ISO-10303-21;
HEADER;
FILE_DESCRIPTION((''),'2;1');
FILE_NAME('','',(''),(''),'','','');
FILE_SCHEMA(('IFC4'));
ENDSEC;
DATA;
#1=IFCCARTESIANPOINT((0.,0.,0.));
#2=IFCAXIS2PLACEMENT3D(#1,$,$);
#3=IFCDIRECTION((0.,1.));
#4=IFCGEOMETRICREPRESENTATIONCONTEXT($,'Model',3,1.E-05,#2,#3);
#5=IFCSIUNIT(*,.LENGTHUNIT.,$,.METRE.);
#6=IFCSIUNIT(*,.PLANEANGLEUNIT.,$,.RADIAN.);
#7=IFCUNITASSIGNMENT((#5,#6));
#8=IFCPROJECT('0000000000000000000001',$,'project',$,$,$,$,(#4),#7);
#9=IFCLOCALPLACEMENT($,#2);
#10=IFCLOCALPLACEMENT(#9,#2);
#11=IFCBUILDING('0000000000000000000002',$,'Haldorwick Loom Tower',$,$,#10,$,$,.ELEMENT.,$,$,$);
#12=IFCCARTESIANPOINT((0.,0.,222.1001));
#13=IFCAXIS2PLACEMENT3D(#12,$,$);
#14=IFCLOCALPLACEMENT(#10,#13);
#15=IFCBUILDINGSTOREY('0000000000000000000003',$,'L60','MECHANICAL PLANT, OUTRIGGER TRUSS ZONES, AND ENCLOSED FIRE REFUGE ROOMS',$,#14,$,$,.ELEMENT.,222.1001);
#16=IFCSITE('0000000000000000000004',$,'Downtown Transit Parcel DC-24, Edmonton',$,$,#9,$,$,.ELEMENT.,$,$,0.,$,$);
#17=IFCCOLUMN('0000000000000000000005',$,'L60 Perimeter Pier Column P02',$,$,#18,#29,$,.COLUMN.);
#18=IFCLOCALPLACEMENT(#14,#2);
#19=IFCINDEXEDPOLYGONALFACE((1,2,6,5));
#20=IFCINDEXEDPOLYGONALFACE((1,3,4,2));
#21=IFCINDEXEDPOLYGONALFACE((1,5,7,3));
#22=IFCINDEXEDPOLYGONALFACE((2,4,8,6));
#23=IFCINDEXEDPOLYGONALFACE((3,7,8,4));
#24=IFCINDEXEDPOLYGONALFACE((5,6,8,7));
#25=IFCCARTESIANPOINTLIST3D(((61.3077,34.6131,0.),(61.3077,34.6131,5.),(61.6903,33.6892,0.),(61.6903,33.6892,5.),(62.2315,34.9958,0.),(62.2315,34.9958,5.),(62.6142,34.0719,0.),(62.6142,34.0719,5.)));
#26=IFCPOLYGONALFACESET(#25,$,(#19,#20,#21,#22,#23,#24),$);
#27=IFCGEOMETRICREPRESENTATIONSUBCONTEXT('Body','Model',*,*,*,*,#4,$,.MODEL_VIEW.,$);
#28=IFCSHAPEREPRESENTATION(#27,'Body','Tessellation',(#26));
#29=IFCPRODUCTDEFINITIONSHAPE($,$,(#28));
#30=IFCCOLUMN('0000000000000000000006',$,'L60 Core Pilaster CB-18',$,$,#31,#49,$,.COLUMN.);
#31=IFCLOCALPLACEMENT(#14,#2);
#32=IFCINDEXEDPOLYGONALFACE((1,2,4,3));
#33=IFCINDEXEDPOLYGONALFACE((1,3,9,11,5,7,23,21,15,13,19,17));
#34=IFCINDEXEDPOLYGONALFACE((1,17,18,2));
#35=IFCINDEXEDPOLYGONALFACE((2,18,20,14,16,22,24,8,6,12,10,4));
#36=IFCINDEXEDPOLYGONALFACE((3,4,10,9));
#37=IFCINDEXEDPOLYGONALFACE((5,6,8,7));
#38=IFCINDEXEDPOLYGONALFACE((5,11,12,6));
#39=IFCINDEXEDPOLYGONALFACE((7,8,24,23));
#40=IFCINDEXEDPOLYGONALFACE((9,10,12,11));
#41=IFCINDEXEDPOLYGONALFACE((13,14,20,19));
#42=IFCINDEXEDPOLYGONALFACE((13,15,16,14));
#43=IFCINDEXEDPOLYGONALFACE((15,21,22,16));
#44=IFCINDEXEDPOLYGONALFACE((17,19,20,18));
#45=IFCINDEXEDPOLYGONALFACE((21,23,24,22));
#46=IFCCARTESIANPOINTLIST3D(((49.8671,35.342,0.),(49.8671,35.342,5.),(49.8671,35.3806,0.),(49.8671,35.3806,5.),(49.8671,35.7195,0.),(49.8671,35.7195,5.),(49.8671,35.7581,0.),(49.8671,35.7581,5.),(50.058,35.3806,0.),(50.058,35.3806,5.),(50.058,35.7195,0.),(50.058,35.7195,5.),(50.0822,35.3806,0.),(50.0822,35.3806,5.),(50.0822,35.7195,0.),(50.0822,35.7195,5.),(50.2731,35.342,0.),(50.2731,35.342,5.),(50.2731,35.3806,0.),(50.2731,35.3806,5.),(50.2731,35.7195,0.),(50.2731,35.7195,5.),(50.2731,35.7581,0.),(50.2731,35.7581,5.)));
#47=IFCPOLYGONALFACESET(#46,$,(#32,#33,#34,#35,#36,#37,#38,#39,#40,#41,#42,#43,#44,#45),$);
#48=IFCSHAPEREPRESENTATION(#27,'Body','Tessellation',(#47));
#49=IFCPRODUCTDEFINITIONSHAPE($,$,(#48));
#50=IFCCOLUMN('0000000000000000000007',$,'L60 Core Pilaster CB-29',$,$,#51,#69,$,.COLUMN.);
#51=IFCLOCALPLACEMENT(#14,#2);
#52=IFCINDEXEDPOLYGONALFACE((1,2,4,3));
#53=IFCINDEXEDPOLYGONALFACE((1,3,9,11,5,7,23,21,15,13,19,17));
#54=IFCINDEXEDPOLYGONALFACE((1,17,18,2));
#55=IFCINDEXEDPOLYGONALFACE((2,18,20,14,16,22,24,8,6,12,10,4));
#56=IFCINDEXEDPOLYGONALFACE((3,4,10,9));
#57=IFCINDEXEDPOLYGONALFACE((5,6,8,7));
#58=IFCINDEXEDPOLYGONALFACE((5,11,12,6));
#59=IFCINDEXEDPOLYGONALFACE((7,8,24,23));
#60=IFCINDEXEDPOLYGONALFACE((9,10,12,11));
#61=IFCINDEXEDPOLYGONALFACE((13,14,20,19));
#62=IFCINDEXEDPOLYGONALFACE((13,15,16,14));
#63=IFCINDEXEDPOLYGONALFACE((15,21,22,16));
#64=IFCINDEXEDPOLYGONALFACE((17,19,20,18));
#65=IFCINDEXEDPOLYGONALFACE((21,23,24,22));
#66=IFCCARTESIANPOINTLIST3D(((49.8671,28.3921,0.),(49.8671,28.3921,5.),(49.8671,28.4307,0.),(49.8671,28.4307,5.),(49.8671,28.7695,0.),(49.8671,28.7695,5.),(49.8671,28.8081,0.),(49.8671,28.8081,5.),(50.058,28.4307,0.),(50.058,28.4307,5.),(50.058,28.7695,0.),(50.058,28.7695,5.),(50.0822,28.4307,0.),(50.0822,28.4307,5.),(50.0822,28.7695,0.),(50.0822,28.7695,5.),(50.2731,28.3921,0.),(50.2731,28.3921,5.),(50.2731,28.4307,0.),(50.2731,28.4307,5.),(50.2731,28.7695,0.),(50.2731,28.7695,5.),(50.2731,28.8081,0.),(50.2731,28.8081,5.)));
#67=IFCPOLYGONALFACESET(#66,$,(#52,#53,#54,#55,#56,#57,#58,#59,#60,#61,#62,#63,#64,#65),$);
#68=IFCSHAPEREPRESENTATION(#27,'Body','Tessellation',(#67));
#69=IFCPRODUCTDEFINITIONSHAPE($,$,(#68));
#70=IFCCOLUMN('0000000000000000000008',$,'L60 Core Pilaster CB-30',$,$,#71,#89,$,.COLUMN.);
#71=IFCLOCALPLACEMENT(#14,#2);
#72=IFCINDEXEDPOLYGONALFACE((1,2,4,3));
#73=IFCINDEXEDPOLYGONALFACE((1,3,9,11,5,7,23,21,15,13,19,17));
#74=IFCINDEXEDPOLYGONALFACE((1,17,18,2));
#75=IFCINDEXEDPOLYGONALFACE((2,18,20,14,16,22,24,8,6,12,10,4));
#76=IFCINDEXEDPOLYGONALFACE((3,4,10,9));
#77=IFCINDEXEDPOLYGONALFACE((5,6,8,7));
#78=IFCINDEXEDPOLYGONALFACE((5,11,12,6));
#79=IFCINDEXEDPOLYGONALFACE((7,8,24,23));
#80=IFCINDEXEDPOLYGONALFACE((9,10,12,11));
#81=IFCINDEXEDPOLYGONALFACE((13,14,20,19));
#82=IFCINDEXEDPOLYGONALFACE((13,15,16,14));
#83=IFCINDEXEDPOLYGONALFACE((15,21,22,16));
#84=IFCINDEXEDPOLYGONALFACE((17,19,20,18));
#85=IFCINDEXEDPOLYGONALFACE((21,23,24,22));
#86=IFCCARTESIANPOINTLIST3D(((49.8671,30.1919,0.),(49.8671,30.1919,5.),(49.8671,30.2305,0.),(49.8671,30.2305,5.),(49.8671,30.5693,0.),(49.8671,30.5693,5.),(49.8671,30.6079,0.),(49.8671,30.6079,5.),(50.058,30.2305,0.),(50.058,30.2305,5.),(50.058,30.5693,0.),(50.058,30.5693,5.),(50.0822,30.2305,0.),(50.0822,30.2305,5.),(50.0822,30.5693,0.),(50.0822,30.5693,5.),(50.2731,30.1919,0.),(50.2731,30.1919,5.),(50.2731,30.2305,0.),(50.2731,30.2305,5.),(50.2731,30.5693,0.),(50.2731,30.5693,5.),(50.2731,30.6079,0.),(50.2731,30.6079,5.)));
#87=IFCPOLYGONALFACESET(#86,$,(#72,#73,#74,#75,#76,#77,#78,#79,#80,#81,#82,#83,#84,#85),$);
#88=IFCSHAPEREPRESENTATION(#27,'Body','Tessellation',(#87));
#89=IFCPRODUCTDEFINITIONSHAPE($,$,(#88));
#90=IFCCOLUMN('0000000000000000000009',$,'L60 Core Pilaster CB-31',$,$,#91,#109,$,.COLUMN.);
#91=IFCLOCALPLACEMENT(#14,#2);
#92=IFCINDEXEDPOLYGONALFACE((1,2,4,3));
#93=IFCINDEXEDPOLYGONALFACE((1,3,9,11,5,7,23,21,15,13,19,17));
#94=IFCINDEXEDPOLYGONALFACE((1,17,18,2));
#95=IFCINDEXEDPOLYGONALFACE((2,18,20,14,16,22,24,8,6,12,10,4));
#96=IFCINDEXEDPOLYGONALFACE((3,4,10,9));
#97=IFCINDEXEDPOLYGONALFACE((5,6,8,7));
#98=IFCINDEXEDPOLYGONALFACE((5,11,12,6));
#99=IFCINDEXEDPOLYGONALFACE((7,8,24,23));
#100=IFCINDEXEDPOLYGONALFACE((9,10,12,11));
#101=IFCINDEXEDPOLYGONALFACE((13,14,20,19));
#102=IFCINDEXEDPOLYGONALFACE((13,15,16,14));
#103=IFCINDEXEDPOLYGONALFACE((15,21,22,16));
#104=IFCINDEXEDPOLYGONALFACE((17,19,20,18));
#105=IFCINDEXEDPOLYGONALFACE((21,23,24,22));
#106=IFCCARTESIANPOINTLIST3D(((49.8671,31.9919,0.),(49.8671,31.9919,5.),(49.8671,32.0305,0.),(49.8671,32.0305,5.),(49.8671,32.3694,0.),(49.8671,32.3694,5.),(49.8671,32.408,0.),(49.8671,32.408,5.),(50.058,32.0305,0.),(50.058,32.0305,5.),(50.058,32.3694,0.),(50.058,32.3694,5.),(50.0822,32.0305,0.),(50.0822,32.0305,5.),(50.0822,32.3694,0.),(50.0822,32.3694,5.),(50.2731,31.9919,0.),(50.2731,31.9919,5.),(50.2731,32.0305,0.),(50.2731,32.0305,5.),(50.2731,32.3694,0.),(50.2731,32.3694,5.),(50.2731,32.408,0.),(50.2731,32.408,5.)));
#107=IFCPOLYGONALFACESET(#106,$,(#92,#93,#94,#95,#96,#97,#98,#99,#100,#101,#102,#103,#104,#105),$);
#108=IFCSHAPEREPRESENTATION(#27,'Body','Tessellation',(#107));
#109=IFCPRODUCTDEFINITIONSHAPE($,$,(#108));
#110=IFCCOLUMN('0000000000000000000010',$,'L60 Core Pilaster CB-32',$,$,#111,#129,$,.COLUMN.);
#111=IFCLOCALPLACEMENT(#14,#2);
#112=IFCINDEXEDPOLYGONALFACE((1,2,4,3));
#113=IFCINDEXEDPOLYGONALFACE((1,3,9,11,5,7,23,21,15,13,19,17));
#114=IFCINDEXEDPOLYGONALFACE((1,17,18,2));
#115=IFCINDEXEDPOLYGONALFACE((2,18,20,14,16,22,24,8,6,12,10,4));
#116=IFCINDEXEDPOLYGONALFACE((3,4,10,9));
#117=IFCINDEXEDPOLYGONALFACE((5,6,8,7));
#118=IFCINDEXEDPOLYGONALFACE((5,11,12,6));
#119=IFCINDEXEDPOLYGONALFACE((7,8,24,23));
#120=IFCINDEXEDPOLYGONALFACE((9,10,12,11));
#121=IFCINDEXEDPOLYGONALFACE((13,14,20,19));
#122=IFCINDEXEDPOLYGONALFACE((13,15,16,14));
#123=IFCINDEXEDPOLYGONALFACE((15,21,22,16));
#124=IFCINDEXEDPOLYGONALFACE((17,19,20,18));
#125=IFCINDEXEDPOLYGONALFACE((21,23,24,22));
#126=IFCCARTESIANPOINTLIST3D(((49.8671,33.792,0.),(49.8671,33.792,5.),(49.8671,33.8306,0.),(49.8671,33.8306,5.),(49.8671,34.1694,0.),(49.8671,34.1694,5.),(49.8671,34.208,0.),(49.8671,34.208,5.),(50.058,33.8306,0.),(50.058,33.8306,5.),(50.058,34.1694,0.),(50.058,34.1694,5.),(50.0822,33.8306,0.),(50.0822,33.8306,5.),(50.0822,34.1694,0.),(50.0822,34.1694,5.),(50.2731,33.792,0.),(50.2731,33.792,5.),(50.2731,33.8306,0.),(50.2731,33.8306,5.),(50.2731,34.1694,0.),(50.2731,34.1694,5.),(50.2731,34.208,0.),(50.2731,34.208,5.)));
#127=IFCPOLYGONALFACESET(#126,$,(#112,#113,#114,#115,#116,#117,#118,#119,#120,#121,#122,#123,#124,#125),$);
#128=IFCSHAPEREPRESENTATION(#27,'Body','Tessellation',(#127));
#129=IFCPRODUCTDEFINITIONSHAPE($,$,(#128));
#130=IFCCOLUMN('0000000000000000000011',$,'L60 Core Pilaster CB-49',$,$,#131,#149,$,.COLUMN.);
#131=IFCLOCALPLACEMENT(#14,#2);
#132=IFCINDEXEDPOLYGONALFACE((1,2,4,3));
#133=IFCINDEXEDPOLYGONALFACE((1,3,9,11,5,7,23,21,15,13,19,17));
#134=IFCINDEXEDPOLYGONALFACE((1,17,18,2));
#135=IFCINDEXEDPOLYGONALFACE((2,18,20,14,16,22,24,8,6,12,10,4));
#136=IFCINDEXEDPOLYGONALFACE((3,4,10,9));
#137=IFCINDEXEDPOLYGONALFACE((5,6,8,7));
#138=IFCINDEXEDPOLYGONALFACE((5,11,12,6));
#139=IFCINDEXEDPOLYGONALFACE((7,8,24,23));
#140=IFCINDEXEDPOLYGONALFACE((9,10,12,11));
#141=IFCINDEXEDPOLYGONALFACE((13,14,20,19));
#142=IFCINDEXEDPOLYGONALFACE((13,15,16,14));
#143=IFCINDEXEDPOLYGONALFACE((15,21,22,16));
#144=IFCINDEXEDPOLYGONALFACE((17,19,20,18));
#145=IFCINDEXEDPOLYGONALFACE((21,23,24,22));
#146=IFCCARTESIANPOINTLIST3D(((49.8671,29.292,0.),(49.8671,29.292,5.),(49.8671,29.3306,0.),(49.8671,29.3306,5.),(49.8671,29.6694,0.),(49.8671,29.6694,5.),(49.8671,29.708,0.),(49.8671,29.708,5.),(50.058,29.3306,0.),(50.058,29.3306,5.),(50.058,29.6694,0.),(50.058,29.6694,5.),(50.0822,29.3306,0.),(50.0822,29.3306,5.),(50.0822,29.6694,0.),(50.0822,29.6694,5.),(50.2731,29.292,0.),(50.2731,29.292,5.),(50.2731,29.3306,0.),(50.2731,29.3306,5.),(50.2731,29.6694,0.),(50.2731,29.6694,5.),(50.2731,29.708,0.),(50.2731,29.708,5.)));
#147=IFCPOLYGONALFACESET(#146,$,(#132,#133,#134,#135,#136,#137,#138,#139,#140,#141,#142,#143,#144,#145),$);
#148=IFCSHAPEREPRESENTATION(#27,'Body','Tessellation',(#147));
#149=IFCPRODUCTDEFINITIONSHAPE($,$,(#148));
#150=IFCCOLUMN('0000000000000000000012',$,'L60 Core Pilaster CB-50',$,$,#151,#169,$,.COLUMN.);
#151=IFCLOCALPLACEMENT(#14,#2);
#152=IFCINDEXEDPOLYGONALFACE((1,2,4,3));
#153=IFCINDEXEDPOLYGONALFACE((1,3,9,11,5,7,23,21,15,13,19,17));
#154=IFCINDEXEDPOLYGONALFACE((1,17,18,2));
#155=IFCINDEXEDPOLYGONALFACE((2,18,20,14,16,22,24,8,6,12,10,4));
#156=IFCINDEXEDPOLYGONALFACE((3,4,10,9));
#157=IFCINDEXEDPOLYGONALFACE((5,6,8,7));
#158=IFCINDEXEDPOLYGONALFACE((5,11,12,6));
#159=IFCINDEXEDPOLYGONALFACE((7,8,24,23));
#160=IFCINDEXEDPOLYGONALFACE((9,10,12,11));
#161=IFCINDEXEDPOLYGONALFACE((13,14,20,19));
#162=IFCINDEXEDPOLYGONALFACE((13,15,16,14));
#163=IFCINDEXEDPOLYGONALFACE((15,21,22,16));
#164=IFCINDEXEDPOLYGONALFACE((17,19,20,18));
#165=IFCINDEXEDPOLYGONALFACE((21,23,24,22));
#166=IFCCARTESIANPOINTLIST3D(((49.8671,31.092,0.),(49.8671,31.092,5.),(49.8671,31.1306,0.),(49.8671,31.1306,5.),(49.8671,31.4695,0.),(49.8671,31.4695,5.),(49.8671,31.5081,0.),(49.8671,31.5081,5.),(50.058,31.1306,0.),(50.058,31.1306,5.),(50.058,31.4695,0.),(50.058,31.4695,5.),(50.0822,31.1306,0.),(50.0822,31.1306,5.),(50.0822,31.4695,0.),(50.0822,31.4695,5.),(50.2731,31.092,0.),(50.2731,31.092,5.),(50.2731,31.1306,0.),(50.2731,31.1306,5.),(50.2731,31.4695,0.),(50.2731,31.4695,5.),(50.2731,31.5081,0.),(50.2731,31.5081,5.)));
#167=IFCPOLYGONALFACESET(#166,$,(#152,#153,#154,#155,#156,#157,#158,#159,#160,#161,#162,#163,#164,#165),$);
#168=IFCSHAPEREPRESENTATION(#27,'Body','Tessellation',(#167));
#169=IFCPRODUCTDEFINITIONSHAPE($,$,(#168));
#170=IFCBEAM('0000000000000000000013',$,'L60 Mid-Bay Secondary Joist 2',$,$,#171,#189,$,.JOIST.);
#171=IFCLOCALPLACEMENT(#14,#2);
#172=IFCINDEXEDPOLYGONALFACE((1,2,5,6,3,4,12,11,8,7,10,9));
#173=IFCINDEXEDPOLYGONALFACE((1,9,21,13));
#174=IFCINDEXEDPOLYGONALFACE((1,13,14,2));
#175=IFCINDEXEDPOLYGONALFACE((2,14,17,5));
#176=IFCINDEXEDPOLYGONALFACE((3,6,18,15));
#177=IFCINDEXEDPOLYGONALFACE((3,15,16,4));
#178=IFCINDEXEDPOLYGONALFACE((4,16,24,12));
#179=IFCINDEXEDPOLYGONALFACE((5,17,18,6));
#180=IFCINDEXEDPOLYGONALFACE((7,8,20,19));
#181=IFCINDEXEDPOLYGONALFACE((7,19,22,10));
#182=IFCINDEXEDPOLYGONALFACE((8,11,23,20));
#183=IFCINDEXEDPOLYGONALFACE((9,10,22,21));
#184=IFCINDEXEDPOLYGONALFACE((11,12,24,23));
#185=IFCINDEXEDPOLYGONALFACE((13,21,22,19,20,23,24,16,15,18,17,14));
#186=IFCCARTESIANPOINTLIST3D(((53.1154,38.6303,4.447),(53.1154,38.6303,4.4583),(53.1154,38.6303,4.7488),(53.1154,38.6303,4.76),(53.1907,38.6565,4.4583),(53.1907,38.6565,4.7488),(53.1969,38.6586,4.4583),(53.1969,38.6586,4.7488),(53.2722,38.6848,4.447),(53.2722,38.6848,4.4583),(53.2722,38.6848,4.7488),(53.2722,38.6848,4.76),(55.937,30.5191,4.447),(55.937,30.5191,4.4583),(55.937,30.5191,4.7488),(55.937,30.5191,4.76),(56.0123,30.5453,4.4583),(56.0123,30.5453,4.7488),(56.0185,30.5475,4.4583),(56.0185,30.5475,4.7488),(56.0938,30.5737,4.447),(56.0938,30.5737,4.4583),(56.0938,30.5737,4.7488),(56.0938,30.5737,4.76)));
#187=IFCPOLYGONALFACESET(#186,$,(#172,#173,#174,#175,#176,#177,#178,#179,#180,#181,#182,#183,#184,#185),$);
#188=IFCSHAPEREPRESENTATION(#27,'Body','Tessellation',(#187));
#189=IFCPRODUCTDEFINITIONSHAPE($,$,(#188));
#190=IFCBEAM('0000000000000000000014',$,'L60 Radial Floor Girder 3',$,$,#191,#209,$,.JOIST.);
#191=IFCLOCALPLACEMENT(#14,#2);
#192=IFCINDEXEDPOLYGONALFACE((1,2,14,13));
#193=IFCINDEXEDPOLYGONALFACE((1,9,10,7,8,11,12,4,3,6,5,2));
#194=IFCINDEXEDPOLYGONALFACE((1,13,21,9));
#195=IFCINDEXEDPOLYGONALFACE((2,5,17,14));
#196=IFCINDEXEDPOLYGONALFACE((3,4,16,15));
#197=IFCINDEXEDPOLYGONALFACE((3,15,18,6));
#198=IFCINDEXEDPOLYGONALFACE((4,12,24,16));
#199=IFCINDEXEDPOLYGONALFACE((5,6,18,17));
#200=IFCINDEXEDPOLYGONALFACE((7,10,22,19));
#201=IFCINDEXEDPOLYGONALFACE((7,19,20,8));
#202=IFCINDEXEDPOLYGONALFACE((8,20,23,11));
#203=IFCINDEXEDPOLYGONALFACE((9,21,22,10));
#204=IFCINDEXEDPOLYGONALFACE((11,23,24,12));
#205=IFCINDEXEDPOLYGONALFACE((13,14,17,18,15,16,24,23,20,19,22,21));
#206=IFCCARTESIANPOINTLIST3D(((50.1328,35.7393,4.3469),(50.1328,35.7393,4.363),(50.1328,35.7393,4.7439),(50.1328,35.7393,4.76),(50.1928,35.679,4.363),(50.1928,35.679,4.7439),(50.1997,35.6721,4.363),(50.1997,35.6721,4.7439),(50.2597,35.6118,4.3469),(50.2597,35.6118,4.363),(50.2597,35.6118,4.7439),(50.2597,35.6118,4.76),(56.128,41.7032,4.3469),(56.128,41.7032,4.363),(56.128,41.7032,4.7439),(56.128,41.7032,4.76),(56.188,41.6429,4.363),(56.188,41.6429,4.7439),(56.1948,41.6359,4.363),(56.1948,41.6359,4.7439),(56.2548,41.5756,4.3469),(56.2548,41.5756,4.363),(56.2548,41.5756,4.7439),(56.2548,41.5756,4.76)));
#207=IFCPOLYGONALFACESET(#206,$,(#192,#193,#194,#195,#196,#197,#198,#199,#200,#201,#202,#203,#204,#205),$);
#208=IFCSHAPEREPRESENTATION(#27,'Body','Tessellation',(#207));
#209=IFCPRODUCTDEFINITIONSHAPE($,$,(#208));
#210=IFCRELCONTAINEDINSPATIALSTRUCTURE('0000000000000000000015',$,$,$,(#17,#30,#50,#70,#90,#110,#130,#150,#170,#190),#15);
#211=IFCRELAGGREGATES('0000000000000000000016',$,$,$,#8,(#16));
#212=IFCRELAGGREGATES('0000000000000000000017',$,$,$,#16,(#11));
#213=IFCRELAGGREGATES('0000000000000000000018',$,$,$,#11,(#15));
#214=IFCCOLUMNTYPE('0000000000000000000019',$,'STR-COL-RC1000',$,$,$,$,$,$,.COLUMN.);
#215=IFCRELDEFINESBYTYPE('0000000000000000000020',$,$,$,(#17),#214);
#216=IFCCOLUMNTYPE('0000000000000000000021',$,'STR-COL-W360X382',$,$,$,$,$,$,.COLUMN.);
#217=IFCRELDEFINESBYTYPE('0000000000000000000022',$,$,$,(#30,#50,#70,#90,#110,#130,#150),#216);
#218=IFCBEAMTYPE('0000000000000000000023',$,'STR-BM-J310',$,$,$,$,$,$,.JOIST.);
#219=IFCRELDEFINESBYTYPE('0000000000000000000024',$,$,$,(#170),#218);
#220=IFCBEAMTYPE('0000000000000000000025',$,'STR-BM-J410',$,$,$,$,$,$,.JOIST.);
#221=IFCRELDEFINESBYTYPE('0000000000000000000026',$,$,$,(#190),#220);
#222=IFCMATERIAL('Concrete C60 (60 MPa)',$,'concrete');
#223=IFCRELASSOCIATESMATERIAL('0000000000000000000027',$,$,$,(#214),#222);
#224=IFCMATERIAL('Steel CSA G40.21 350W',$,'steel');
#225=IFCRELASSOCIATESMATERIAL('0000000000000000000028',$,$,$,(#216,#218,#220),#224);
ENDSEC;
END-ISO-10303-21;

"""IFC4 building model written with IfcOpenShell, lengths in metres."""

from ifc_helpers import new_model, si_unit, direction, frame, origin, origin_2d, place, context, subcontext, project, spatial, rectangle, i_section, extrude, material, material_profile, profile_set, type_object, element, save


model = new_model("IFC4")

# Units and contexts
model_context = context("Model", 3, precision=1e-05, world=origin(), true_north=direction((0.0, 1.0)))
body_context = subcontext(model_context, "Body", "Model", "MODEL_VIEW")
ifc_project = project(units=[si_unit("LENGTHUNIT", "METRE"), si_unit("PLANEANGLEUNIT", "RADIAN")], contexts=[model_context])

# Site, building, storey
site_placement = place(None, origin())
site = spatial("IfcSite", under=ifc_project, at=site_placement, Name="Downtown Transit Parcel DC-24, Edmonton", CompositionType="ELEMENT", RefElevation=0.0)
building_placement = place(site_placement, origin())
building = spatial("IfcBuilding", under=site, at=building_placement, Name="Haldorwick Loom Tower", CompositionType="ELEMENT")
storey_placement = place(building_placement, frame((0.0, 0.0, 222.1001)))
storey = spatial("IfcBuildingStorey", under=building, at=storey_placement, Name="L60", Description="MECHANICAL PLANT, OUTRIGGER TRUSS ZONES, AND ENCLOSED FIRE REFUGE ROOMS", CompositionType="ELEMENT", Elevation=222.1001)

# Columns
ifc_material_1 = material(Name="Concrete C60 (60 MPa)", Category="concrete")
ifc_material_profile_1 = material_profile(ifc_material_1, rectangle(XDim=1.0, YDim=1.0, at=origin_2d()), Name="RC1000X1000", Category="concrete")
ifc_profile_set_1 = profile_set([ifc_material_profile_1], Name="Concrete C60 (60 MPa)")
column_type_1 = type_object("IfcColumnType", Name="STR-COL-RC1000", PredefinedType="COLUMN", material=ifc_profile_set_1)
column_placement = place(storey_placement, frame((61.9609, 34.3425, 0.0), z_axis=(0.0, 0.0, 1.0), x_axis=(0.92388, 0.382683, 0.0)))
element("IfcColumn", 1, at=column_placement, inside=storey, type_object=column_type_1, Name="L60 Perimeter Pier Column P02", PredefinedType="COLUMN", context=body_context, shape_type="SweptSolid", body=[
    extrude(rectangle(XDim=1.0, YDim=1.0, at=origin_2d()), origin(), (0.0, 0.0, 1.0), 5.0),
])
ifc_material_2 = material(Name="Steel CSA G40.21 350W", Category="steel")
ifc_material_profile_2 = material_profile(ifc_material_2, i_section(OverallWidth=0.406, OverallDepth=0.416, WebThickness=0.0242, FlangeThickness=0.0386, at=origin_2d()), Name="W360X382", Category="steel")
ifc_profile_set_2 = profile_set([ifc_material_profile_2], Name="Steel CSA G40.21 350W")
column_type_2 = type_object("IfcColumnType", Name="STR-COL-W360X382", PredefinedType="COLUMN", material=ifc_profile_set_2)
for number, where, z_axis, x_axis, name in (
    (2, (50.0701, 35.55, 0.0), (0.0, 0.0, 1.0), (1.0, 0.0, 0.0), "L60 Core Pilaster CB-18"),
    (3, (50.0701, 28.6001, 0.0), (0.0, 0.0, 1.0), (1.0, 0.0, 0.0), "L60 Core Pilaster CB-29"),
    (4, (50.0701, 30.3999, 0.0), (0.0, 0.0, 1.0), (1.0, 0.0, 0.0), "L60 Core Pilaster CB-30"),
    (5, (50.0701, 32.2, 0.0), (0.0, 0.0, 1.0), (1.0, 0.0, 0.0), "L60 Core Pilaster CB-31"),
    (6, (50.0701, 34.0, 0.0), (0.0, 0.0, 1.0), (1.0, 0.0, 0.0), "L60 Core Pilaster CB-32"),
    (7, (50.0701, 29.5, 0.0), (0.0, 0.0, 1.0), (1.0, 0.0, 0.0), "L60 Core Pilaster CB-49"),
    (8, (50.0701, 31.3, 0.0), (0.0, 0.0, 1.0), (1.0, 0.0, 0.0), "L60 Core Pilaster CB-50"),
):
    element("IfcColumn", number, at=place(storey_placement, frame(where, z_axis=z_axis, x_axis=x_axis)), inside=storey, type_object=column_type_2, Name=name, PredefinedType="COLUMN", context=body_context, shape_type="SweptSolid", body=[
        extrude(i_section(OverallWidth=0.406, OverallDepth=0.416, WebThickness=0.0242, FlangeThickness=0.0386, at=origin_2d()), origin(), (0.0, 0.0, 1.0), 5.0),
    ])

# Beams
ifc_material_profile_3 = material_profile(ifc_material_2, i_section(OverallWidth=0.166, OverallDepth=0.313, WebThickness=0.0066, FlangeThickness=0.0112, at=origin_2d()), Name="W310X45", Category="steel")
ifc_profile_set_3 = profile_set([ifc_material_profile_3], Name="Steel CSA G40.21 350W")
beam_type_1 = type_object("IfcBeamType", Name="STR-BM-J310", PredefinedType="JOIST", material=ifc_profile_set_3)
beam_1_placement = place(storey_placement, frame((56.0154, 30.5464, 4.6035), z_axis=(-0.32855, 0.944486, 0.0), x_axis=(-0.944486, -0.32855, 0.0)))
element("IfcBeam", 9, at=beam_1_placement, inside=storey, type_object=beam_type_1, Name="L60 Mid-Bay Secondary Joist 2", PredefinedType="JOIST", context=body_context, shape_type="SweptSolid", body=[
    extrude(i_section(OverallWidth=0.166, OverallDepth=0.313, WebThickness=0.0066, FlangeThickness=0.0112, at=origin_2d()), origin(), (0.0, 0.0, 1.0), 8.5879),
])
ifc_material_profile_4 = material_profile(ifc_material_2, i_section(OverallWidth=0.1799, OverallDepth=0.4131, WebThickness=0.0098, FlangeThickness=0.0161, at=origin_2d()), Name="W410X74", Category="steel")
ifc_profile_set_4 = profile_set([ifc_material_profile_4], Name="Steel CSA G40.21 350W")
beam_type_2 = type_object("IfcBeamType", Name="STR-BM-J410", PredefinedType="JOIST", material=ifc_profile_set_4)
beam_2_placement = place(storey_placement, frame((50.1963, 35.6755, 4.5535), z_axis=(0.708952, 0.705257, 0.0), x_axis=(-0.705257, 0.708952, 0.0)))
element("IfcBeam", 10, at=beam_2_placement, inside=storey, type_object=beam_type_2, Name="L60 Radial Floor Girder 3", PredefinedType="JOIST", context=body_context, shape_type="SweptSolid", body=[
    extrude(i_section(OverallWidth=0.1799, OverallDepth=0.4131, WebThickness=0.0098, FlangeThickness=0.0161, at=origin_2d()), origin(), (0.0, 0.0, 1.0), 8.4563),
])

save(model, "model.ifc")
